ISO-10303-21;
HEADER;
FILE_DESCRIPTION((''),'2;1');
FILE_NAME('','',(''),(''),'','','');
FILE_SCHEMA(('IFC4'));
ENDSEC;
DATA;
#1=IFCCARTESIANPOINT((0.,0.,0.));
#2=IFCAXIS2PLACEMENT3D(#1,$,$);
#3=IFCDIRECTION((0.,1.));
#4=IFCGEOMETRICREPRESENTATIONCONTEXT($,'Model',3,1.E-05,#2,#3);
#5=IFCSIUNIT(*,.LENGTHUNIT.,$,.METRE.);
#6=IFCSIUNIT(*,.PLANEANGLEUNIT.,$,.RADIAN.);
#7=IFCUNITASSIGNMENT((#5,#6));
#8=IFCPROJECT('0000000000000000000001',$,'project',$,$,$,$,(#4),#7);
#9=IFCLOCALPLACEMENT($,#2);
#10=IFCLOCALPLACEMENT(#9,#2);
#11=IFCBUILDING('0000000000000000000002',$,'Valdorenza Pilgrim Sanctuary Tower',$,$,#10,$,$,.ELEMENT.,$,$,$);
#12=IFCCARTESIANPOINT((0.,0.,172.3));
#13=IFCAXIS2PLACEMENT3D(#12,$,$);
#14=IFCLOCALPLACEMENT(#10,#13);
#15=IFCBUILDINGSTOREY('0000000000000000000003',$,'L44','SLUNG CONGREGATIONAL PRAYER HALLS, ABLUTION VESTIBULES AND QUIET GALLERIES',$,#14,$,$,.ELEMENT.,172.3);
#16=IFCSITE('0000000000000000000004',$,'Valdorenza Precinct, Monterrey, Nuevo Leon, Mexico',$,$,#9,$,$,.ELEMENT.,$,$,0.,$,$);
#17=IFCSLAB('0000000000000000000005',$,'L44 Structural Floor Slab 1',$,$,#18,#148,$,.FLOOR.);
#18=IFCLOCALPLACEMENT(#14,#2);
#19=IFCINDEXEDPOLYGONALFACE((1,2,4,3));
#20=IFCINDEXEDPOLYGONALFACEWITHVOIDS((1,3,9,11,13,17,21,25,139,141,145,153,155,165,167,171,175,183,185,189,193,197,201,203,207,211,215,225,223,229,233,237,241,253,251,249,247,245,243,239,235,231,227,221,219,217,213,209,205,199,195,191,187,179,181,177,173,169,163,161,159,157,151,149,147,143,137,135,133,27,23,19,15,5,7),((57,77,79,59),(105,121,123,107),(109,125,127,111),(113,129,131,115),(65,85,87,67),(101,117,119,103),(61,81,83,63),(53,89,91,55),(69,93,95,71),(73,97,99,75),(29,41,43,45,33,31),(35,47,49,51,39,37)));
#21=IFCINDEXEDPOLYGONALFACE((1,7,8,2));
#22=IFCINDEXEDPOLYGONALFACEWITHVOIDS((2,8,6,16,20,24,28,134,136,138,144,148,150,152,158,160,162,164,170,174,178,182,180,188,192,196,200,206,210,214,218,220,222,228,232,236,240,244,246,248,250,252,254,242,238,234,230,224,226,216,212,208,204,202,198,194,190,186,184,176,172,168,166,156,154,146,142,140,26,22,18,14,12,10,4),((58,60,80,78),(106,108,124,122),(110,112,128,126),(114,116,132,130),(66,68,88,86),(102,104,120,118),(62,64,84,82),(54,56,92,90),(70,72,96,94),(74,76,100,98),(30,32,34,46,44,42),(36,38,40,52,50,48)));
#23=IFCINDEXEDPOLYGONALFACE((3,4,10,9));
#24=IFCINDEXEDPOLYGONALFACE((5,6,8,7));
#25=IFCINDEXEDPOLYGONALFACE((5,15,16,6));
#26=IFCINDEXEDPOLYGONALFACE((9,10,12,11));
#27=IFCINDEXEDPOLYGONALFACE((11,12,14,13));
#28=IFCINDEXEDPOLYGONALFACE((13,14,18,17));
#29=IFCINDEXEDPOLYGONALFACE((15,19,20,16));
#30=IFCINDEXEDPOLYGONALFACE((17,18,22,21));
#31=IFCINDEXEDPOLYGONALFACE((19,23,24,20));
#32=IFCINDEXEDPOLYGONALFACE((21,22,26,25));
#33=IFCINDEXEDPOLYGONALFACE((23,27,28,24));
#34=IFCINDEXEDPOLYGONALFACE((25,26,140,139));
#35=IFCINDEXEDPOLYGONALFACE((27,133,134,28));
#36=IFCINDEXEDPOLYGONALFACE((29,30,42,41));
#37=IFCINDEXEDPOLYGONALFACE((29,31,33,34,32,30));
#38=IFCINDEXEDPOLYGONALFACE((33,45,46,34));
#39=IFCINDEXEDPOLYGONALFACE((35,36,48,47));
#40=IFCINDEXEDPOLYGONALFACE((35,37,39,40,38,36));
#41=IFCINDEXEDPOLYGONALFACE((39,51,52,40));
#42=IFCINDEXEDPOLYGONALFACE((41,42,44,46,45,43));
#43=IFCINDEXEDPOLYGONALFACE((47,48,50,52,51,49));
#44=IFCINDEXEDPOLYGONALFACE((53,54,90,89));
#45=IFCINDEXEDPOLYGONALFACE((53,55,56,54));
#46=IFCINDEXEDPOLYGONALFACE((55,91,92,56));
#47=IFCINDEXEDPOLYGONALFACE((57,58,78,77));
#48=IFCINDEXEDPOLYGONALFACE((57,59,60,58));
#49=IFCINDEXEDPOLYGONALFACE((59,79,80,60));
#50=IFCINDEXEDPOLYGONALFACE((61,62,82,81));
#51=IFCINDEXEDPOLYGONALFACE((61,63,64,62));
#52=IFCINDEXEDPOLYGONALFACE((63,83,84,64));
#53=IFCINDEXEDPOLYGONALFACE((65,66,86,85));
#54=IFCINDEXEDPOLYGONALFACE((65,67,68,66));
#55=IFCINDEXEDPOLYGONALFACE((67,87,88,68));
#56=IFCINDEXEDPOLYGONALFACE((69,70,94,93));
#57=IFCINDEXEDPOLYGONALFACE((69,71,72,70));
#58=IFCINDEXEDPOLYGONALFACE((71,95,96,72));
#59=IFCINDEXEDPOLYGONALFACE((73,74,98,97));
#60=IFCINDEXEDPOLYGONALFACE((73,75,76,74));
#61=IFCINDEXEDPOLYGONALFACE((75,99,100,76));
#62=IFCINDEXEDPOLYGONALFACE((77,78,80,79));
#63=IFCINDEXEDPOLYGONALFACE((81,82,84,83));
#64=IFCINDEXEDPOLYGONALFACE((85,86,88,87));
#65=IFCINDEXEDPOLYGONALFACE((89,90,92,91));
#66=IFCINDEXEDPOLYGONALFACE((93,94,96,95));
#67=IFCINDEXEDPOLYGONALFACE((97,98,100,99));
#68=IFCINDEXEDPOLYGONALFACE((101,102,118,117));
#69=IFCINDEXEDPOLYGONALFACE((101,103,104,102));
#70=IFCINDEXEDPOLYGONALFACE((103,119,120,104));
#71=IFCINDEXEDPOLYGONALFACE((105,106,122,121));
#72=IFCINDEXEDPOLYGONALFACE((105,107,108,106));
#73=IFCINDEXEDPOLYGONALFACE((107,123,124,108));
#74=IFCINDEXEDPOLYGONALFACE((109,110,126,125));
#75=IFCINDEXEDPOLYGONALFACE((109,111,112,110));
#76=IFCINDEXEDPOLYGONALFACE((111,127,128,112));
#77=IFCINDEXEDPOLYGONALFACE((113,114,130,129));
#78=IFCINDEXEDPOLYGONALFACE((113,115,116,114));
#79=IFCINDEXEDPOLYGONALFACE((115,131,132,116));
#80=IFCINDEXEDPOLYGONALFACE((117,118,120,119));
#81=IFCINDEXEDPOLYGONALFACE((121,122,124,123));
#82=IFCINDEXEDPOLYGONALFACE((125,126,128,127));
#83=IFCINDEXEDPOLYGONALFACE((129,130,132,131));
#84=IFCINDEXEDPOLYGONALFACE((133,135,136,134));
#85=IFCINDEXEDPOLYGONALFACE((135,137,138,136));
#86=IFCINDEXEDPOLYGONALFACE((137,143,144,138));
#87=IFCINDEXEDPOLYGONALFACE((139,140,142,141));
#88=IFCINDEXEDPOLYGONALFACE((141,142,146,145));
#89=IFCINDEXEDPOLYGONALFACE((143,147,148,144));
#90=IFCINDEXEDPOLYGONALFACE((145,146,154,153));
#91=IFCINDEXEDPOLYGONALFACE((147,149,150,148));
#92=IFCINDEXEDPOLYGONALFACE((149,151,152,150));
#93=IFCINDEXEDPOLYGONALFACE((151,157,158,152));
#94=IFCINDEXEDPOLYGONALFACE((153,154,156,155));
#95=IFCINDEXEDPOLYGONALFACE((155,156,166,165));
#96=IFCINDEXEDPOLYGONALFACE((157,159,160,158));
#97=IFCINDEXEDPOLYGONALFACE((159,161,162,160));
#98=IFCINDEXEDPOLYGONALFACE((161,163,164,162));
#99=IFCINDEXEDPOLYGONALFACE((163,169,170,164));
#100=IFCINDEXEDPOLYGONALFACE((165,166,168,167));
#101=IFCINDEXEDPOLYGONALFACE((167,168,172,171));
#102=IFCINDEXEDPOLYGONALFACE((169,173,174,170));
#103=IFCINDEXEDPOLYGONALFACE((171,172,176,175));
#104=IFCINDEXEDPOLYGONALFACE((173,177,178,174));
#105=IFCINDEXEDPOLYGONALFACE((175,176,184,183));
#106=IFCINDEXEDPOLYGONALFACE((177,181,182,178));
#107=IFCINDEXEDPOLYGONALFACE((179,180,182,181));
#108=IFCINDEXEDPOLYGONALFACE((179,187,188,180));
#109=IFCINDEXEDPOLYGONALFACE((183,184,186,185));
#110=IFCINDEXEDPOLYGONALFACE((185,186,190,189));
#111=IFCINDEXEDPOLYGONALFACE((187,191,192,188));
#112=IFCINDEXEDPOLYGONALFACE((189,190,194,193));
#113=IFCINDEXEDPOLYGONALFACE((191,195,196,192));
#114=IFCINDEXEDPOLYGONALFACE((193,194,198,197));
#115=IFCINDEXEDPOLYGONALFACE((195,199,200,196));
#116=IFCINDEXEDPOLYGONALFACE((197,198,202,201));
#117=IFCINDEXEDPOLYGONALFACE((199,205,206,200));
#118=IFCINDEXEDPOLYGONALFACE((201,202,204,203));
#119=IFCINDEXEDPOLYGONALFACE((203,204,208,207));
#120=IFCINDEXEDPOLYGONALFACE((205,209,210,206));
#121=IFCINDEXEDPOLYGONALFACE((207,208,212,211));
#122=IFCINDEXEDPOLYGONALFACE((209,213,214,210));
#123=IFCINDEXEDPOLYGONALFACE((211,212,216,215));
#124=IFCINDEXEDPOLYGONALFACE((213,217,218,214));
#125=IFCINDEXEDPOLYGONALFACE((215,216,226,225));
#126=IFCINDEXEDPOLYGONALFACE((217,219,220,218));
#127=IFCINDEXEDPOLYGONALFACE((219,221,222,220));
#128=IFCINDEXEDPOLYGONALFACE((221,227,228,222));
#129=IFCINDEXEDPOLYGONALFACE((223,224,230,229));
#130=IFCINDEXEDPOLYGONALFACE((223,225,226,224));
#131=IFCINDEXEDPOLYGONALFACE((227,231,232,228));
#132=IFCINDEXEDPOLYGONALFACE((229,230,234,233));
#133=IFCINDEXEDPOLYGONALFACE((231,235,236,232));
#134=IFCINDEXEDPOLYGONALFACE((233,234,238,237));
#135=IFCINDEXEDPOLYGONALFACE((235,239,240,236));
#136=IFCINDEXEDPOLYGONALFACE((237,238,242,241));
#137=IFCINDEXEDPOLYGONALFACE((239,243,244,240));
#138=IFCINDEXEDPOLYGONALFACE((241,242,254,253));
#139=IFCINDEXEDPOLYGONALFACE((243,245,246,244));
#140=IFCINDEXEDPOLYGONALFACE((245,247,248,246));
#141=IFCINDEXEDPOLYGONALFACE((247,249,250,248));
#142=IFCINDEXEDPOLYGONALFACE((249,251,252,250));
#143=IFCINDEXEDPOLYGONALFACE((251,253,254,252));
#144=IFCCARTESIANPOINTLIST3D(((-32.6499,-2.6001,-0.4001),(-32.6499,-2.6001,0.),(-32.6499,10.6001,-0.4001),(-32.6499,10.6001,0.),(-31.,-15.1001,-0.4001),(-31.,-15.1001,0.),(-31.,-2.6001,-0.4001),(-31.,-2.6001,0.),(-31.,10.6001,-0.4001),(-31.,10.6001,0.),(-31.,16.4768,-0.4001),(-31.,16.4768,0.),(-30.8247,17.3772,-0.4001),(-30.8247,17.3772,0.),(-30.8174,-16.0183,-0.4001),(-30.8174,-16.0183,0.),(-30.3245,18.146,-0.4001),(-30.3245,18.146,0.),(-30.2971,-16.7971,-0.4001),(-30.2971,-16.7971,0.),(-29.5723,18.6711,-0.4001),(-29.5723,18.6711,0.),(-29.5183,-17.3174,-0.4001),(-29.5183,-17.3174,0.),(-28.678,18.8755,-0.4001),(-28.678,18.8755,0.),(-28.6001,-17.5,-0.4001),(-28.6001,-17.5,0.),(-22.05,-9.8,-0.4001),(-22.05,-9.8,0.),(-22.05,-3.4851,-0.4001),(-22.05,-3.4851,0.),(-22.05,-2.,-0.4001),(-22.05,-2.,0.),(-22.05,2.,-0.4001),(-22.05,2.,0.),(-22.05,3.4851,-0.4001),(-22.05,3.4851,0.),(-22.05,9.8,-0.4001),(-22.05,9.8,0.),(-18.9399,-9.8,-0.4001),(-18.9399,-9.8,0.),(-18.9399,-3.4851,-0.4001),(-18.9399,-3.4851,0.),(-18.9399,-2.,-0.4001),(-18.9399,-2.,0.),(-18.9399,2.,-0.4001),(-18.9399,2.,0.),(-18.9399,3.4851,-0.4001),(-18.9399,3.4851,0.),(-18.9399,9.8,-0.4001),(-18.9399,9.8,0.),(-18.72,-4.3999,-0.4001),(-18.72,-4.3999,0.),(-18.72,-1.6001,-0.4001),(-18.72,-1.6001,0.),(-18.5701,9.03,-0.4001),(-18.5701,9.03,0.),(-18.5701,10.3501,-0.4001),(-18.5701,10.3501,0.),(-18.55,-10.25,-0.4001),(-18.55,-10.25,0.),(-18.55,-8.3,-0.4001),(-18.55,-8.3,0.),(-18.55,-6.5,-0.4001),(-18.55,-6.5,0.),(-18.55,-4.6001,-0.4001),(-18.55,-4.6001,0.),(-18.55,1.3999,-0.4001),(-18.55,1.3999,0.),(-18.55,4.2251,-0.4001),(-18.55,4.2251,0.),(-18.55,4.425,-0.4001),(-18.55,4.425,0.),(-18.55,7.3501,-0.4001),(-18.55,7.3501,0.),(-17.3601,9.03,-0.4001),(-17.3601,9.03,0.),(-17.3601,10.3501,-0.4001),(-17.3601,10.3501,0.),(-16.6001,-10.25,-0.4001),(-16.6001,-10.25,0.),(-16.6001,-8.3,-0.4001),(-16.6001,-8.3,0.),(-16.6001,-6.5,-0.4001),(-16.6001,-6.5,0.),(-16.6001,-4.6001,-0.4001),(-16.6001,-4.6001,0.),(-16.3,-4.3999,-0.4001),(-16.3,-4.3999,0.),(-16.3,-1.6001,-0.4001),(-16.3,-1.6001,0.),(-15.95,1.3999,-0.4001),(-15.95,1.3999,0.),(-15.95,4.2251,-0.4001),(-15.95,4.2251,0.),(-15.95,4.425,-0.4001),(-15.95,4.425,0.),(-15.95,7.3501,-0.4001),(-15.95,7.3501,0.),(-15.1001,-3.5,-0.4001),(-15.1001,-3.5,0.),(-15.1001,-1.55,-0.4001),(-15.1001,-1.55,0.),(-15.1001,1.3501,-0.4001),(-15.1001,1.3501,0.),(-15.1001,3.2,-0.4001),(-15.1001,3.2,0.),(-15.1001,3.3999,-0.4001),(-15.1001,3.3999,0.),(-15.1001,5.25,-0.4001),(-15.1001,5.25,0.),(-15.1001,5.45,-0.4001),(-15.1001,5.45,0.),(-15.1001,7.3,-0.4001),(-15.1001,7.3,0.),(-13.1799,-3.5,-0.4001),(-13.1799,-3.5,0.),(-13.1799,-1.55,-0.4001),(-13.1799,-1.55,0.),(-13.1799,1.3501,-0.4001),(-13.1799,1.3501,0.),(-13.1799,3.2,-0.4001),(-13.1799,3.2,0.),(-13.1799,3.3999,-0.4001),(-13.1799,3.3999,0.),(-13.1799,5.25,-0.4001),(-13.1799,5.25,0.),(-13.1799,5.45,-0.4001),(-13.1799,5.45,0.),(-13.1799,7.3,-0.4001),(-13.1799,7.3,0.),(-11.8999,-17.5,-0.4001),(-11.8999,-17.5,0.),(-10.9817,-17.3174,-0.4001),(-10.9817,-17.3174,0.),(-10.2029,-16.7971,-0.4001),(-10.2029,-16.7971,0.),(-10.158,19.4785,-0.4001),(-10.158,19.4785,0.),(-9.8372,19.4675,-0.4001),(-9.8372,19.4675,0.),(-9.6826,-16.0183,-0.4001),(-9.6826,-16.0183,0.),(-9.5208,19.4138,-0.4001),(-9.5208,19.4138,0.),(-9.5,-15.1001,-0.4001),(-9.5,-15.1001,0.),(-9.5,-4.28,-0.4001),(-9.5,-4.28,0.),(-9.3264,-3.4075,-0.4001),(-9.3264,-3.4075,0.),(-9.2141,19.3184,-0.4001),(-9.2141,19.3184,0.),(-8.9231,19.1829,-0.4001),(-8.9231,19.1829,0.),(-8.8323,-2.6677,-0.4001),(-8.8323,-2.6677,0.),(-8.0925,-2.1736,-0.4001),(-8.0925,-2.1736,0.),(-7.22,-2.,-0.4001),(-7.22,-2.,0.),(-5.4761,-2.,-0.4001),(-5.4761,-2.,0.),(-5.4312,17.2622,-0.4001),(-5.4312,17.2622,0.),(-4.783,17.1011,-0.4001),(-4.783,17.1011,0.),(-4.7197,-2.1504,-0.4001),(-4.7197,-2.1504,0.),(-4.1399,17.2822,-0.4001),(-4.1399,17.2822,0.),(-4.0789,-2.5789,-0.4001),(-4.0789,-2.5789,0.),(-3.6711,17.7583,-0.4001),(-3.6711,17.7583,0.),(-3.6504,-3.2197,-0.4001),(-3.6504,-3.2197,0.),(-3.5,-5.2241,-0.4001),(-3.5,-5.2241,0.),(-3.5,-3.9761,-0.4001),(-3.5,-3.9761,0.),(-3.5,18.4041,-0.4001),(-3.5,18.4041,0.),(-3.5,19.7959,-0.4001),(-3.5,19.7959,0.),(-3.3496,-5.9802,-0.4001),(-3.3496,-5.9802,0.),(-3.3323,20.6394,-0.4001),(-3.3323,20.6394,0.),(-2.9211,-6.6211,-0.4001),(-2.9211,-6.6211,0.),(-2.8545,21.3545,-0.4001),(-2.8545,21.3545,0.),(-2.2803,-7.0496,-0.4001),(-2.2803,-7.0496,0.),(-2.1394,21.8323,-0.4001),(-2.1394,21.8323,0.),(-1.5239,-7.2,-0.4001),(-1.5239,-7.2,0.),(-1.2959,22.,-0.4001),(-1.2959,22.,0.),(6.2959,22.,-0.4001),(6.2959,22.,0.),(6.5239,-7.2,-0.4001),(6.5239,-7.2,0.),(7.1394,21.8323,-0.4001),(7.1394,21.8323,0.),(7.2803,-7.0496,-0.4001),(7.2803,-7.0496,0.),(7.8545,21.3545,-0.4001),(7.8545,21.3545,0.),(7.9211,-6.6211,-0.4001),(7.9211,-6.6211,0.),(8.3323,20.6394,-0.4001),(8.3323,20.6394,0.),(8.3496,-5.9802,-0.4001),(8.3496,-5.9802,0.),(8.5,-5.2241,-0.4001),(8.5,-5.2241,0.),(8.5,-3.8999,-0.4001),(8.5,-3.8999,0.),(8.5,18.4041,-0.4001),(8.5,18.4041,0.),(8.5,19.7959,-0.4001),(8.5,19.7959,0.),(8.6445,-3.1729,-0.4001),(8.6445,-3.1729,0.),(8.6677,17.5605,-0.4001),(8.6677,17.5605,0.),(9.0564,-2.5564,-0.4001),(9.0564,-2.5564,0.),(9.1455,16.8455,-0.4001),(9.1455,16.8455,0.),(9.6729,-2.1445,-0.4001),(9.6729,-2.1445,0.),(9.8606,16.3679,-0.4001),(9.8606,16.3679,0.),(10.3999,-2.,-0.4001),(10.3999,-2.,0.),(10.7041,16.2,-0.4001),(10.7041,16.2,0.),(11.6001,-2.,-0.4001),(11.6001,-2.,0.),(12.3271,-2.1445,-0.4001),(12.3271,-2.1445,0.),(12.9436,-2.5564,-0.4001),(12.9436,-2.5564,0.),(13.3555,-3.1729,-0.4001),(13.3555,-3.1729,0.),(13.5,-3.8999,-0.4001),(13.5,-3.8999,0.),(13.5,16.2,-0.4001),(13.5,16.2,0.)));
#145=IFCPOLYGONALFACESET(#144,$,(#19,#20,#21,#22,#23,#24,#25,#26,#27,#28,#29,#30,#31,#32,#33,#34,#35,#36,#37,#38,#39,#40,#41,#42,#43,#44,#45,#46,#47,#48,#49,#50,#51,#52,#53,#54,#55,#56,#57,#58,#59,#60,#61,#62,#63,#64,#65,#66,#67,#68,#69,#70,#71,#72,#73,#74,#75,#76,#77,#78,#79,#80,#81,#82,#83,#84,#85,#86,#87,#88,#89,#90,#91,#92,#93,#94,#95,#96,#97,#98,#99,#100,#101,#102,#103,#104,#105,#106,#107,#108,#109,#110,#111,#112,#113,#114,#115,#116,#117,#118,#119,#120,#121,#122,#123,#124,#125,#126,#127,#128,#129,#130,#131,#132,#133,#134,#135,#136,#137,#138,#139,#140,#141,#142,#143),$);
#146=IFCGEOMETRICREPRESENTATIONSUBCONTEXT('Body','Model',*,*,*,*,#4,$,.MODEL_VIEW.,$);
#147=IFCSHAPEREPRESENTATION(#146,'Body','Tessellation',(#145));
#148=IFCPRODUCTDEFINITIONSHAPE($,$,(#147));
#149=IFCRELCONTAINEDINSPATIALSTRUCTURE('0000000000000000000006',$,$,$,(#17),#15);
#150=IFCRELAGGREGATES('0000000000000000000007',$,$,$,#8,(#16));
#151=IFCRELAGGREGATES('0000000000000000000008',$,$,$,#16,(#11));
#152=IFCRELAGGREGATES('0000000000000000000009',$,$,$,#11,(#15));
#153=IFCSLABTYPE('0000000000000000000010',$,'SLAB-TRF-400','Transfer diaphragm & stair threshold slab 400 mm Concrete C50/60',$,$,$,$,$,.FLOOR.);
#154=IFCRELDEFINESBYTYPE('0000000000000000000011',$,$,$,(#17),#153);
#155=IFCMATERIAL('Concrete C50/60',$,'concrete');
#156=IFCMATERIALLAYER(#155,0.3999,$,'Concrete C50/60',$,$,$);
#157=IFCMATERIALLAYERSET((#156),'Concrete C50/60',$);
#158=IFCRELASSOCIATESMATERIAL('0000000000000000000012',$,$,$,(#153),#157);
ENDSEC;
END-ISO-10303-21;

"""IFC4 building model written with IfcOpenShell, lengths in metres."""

from ifc_helpers import new_model, si_unit, direction, frame, origin, place, context, subcontext, project, spatial, polyline, outline, extrude, material, layer, layer_set, type_object, element, save


model = new_model("IFC4")

# Units and contexts
model_context = context("Model", 3, precision=1e-05, world=origin(), true_north=direction((0.0, 1.0)))
body_context = subcontext(model_context, "Body", "Model", "MODEL_VIEW")
ifc_project = project(units=[si_unit("LENGTHUNIT", "METRE"), si_unit("PLANEANGLEUNIT", "RADIAN")], contexts=[model_context])

# Site, building, storey
site_placement = place(None, origin())
site = spatial("IfcSite", under=ifc_project, at=site_placement, Name="Valdorenza Precinct, Monterrey, Nuevo Leon, Mexico", CompositionType="ELEMENT", RefElevation=0.0)
building_placement = place(site_placement, origin())
building = spatial("IfcBuilding", under=site, at=building_placement, Name="Valdorenza Pilgrim Sanctuary Tower", CompositionType="ELEMENT")
storey_placement = place(building_placement, frame((0.0, 0.0, 172.3)))
storey = spatial("IfcBuildingStorey", under=building, at=storey_placement, Name="L44", Description="SLUNG CONGREGATIONAL PRAYER HALLS, ABLUTION VESTIBULES AND QUIET GALLERIES", CompositionType="ELEMENT", Elevation=172.3)

# Slab
ifc_material_1 = material(Name="Concrete C50/60", Category="concrete")
ifc_layer_1 = layer(ifc_material_1, 0.3999, Name="Concrete C50/60")
ifc_layer_set_1 = layer_set([ifc_layer_1], Name="Concrete C50/60")
slab_type_1 = type_object("IfcSlabType", Name="SLAB-TRF-400", Description="Transfer diaphragm & stair threshold slab 400 mm Concrete C50/60", PredefinedType="FLOOR", material=ifc_layer_set_1)
slab_1_placement = place(storey_placement, frame((0.0, 0.0, -0.4001)))
element("IfcSlab", 1, at=slab_1_placement, inside=storey, type_object=slab_type_1, Name="L44 Structural Floor Slab 1", PredefinedType="FLOOR", context=body_context, shape_type="SweptSolid", body=[
    extrude(outline(polyline([(-30.3245, 18.146), (-29.5723, 18.6711), (-28.678, 18.8755), (-10.158, 19.4785), (-9.8372, 19.4675), (-9.5208, 19.4138), (-9.2141, 19.3184), (-8.9231, 19.1829), (-5.4312, 17.2622), (-4.783, 17.1011), (-4.1399, 17.2822), (-3.6711, 17.7583), (-3.5, 18.4041), (-3.5, 19.7959), (-3.3323, 20.6394), (-2.8545, 21.3545), (-2.1394, 21.8323), (-1.2959, 22.0), (6.2959, 22.0), (7.1394, 21.8323), (7.8545, 21.3545), (8.3323, 20.6394), (8.5, 19.7959), (8.5, 18.4041), (8.6677, 17.5605), (9.1455, 16.8455), (9.8606, 16.3679), (10.7041, 16.2), (13.5, 16.2), (13.5, -3.8999), (13.3555, -3.1729), (12.9436, -2.5564), (12.3271, -2.1445), (11.6001, -2.0), (10.3999, -2.0), (9.6729, -2.1445), (9.0564, -2.5564), (8.6445, -3.1729), (8.5, -3.8999), (8.5, -5.2241), (8.3496, -5.9802), (7.9211, -6.6211), (7.2803, -7.0496), (6.5239, -7.2), (-1.5239, -7.2), (-2.2803, -7.0496), (-2.9211, -6.6211), (-3.3496, -5.9802), (-3.5, -5.2241), (-3.5, -3.9761), (-3.6504, -3.2197), (-4.0789, -2.5789), (-4.7197, -2.1504), (-5.4761, -2.0), (-7.22, -2.0), (-8.0925, -2.1736), (-8.8323, -2.6677), (-9.3264, -3.4075), (-9.5, -4.28), (-9.5, -15.1001), (-9.6826, -16.0183), (-10.2029, -16.7971), (-10.9817, -17.3174), (-11.8999, -17.5), (-28.6001, -17.5), (-29.5183, -17.3174), (-30.2971, -16.7971), (-30.8174, -16.0183), (-31.0, -15.1001), (-31.0, -2.6001), (-32.6499, -2.6001), (-32.6499, 10.6001), (-31.0, 10.6001), (-31.0, 16.4768), (-30.8247, 17.3772), (-30.3245, 18.146)]), holes=[polyline([(-16.6001, -10.25), (-16.6001, -8.3), (-18.55, -8.3), (-18.55, -10.25), (-16.6001, -10.25)]), polyline([(-22.05, -9.8), (-18.9399, -9.8), (-18.9399, -3.4851), (-18.9399, -2.0), (-22.05, -2.0), (-22.05, -3.4851), (-22.05, -9.8)]), polyline([(-16.6001, -6.5), (-16.6001, -4.6001), (-18.55, -4.6001), (-18.55, -6.5), (-16.6001, -6.5)]), polyline([(-18.72, -4.3999), (-16.3, -4.3999), (-16.3, -1.6001), (-18.72, -1.6001), (-18.72, -4.3999)]), polyline([(-13.1799, 1.3501), (-13.1799, 3.2), (-15.1001, 3.2), (-15.1001, 1.3501), (-13.1799, 1.3501)]), polyline([(-22.05, 2.0), (-18.9399, 2.0), (-18.9399, 3.4851), (-18.9399, 9.8), (-22.05, 9.8), (-22.05, 3.4851), (-22.05, 2.0)]), polyline([(-15.95, 1.3999), (-15.95, 4.2251), (-18.55, 4.2251), (-18.55, 1.3999), (-15.95, 1.3999)]), polyline([(-18.55, 4.425), (-15.95, 4.425), (-15.95, 7.3501), (-18.55, 7.3501), (-18.55, 4.425)]), polyline([(-17.3601, 9.03), (-17.3601, 10.3501), (-18.5701, 10.3501), (-18.5701, 9.03), (-17.3601, 9.03)]), polyline([(-13.1799, -3.5), (-13.1799, -1.55), (-15.1001, -1.55), (-15.1001, -3.5), (-13.1799, -3.5)]), polyline([(-13.1799, 3.3999), (-13.1799, 5.25), (-15.1001, 5.25), (-15.1001, 3.3999), (-13.1799, 3.3999)]), polyline([(-13.1799, 5.45), (-13.1799, 7.3), (-15.1001, 7.3), (-15.1001, 5.45), (-13.1799, 5.45)])]), origin(), (0.0, 0.0, 1.0), 0.4001),
])

save(model, "model.ifc")
